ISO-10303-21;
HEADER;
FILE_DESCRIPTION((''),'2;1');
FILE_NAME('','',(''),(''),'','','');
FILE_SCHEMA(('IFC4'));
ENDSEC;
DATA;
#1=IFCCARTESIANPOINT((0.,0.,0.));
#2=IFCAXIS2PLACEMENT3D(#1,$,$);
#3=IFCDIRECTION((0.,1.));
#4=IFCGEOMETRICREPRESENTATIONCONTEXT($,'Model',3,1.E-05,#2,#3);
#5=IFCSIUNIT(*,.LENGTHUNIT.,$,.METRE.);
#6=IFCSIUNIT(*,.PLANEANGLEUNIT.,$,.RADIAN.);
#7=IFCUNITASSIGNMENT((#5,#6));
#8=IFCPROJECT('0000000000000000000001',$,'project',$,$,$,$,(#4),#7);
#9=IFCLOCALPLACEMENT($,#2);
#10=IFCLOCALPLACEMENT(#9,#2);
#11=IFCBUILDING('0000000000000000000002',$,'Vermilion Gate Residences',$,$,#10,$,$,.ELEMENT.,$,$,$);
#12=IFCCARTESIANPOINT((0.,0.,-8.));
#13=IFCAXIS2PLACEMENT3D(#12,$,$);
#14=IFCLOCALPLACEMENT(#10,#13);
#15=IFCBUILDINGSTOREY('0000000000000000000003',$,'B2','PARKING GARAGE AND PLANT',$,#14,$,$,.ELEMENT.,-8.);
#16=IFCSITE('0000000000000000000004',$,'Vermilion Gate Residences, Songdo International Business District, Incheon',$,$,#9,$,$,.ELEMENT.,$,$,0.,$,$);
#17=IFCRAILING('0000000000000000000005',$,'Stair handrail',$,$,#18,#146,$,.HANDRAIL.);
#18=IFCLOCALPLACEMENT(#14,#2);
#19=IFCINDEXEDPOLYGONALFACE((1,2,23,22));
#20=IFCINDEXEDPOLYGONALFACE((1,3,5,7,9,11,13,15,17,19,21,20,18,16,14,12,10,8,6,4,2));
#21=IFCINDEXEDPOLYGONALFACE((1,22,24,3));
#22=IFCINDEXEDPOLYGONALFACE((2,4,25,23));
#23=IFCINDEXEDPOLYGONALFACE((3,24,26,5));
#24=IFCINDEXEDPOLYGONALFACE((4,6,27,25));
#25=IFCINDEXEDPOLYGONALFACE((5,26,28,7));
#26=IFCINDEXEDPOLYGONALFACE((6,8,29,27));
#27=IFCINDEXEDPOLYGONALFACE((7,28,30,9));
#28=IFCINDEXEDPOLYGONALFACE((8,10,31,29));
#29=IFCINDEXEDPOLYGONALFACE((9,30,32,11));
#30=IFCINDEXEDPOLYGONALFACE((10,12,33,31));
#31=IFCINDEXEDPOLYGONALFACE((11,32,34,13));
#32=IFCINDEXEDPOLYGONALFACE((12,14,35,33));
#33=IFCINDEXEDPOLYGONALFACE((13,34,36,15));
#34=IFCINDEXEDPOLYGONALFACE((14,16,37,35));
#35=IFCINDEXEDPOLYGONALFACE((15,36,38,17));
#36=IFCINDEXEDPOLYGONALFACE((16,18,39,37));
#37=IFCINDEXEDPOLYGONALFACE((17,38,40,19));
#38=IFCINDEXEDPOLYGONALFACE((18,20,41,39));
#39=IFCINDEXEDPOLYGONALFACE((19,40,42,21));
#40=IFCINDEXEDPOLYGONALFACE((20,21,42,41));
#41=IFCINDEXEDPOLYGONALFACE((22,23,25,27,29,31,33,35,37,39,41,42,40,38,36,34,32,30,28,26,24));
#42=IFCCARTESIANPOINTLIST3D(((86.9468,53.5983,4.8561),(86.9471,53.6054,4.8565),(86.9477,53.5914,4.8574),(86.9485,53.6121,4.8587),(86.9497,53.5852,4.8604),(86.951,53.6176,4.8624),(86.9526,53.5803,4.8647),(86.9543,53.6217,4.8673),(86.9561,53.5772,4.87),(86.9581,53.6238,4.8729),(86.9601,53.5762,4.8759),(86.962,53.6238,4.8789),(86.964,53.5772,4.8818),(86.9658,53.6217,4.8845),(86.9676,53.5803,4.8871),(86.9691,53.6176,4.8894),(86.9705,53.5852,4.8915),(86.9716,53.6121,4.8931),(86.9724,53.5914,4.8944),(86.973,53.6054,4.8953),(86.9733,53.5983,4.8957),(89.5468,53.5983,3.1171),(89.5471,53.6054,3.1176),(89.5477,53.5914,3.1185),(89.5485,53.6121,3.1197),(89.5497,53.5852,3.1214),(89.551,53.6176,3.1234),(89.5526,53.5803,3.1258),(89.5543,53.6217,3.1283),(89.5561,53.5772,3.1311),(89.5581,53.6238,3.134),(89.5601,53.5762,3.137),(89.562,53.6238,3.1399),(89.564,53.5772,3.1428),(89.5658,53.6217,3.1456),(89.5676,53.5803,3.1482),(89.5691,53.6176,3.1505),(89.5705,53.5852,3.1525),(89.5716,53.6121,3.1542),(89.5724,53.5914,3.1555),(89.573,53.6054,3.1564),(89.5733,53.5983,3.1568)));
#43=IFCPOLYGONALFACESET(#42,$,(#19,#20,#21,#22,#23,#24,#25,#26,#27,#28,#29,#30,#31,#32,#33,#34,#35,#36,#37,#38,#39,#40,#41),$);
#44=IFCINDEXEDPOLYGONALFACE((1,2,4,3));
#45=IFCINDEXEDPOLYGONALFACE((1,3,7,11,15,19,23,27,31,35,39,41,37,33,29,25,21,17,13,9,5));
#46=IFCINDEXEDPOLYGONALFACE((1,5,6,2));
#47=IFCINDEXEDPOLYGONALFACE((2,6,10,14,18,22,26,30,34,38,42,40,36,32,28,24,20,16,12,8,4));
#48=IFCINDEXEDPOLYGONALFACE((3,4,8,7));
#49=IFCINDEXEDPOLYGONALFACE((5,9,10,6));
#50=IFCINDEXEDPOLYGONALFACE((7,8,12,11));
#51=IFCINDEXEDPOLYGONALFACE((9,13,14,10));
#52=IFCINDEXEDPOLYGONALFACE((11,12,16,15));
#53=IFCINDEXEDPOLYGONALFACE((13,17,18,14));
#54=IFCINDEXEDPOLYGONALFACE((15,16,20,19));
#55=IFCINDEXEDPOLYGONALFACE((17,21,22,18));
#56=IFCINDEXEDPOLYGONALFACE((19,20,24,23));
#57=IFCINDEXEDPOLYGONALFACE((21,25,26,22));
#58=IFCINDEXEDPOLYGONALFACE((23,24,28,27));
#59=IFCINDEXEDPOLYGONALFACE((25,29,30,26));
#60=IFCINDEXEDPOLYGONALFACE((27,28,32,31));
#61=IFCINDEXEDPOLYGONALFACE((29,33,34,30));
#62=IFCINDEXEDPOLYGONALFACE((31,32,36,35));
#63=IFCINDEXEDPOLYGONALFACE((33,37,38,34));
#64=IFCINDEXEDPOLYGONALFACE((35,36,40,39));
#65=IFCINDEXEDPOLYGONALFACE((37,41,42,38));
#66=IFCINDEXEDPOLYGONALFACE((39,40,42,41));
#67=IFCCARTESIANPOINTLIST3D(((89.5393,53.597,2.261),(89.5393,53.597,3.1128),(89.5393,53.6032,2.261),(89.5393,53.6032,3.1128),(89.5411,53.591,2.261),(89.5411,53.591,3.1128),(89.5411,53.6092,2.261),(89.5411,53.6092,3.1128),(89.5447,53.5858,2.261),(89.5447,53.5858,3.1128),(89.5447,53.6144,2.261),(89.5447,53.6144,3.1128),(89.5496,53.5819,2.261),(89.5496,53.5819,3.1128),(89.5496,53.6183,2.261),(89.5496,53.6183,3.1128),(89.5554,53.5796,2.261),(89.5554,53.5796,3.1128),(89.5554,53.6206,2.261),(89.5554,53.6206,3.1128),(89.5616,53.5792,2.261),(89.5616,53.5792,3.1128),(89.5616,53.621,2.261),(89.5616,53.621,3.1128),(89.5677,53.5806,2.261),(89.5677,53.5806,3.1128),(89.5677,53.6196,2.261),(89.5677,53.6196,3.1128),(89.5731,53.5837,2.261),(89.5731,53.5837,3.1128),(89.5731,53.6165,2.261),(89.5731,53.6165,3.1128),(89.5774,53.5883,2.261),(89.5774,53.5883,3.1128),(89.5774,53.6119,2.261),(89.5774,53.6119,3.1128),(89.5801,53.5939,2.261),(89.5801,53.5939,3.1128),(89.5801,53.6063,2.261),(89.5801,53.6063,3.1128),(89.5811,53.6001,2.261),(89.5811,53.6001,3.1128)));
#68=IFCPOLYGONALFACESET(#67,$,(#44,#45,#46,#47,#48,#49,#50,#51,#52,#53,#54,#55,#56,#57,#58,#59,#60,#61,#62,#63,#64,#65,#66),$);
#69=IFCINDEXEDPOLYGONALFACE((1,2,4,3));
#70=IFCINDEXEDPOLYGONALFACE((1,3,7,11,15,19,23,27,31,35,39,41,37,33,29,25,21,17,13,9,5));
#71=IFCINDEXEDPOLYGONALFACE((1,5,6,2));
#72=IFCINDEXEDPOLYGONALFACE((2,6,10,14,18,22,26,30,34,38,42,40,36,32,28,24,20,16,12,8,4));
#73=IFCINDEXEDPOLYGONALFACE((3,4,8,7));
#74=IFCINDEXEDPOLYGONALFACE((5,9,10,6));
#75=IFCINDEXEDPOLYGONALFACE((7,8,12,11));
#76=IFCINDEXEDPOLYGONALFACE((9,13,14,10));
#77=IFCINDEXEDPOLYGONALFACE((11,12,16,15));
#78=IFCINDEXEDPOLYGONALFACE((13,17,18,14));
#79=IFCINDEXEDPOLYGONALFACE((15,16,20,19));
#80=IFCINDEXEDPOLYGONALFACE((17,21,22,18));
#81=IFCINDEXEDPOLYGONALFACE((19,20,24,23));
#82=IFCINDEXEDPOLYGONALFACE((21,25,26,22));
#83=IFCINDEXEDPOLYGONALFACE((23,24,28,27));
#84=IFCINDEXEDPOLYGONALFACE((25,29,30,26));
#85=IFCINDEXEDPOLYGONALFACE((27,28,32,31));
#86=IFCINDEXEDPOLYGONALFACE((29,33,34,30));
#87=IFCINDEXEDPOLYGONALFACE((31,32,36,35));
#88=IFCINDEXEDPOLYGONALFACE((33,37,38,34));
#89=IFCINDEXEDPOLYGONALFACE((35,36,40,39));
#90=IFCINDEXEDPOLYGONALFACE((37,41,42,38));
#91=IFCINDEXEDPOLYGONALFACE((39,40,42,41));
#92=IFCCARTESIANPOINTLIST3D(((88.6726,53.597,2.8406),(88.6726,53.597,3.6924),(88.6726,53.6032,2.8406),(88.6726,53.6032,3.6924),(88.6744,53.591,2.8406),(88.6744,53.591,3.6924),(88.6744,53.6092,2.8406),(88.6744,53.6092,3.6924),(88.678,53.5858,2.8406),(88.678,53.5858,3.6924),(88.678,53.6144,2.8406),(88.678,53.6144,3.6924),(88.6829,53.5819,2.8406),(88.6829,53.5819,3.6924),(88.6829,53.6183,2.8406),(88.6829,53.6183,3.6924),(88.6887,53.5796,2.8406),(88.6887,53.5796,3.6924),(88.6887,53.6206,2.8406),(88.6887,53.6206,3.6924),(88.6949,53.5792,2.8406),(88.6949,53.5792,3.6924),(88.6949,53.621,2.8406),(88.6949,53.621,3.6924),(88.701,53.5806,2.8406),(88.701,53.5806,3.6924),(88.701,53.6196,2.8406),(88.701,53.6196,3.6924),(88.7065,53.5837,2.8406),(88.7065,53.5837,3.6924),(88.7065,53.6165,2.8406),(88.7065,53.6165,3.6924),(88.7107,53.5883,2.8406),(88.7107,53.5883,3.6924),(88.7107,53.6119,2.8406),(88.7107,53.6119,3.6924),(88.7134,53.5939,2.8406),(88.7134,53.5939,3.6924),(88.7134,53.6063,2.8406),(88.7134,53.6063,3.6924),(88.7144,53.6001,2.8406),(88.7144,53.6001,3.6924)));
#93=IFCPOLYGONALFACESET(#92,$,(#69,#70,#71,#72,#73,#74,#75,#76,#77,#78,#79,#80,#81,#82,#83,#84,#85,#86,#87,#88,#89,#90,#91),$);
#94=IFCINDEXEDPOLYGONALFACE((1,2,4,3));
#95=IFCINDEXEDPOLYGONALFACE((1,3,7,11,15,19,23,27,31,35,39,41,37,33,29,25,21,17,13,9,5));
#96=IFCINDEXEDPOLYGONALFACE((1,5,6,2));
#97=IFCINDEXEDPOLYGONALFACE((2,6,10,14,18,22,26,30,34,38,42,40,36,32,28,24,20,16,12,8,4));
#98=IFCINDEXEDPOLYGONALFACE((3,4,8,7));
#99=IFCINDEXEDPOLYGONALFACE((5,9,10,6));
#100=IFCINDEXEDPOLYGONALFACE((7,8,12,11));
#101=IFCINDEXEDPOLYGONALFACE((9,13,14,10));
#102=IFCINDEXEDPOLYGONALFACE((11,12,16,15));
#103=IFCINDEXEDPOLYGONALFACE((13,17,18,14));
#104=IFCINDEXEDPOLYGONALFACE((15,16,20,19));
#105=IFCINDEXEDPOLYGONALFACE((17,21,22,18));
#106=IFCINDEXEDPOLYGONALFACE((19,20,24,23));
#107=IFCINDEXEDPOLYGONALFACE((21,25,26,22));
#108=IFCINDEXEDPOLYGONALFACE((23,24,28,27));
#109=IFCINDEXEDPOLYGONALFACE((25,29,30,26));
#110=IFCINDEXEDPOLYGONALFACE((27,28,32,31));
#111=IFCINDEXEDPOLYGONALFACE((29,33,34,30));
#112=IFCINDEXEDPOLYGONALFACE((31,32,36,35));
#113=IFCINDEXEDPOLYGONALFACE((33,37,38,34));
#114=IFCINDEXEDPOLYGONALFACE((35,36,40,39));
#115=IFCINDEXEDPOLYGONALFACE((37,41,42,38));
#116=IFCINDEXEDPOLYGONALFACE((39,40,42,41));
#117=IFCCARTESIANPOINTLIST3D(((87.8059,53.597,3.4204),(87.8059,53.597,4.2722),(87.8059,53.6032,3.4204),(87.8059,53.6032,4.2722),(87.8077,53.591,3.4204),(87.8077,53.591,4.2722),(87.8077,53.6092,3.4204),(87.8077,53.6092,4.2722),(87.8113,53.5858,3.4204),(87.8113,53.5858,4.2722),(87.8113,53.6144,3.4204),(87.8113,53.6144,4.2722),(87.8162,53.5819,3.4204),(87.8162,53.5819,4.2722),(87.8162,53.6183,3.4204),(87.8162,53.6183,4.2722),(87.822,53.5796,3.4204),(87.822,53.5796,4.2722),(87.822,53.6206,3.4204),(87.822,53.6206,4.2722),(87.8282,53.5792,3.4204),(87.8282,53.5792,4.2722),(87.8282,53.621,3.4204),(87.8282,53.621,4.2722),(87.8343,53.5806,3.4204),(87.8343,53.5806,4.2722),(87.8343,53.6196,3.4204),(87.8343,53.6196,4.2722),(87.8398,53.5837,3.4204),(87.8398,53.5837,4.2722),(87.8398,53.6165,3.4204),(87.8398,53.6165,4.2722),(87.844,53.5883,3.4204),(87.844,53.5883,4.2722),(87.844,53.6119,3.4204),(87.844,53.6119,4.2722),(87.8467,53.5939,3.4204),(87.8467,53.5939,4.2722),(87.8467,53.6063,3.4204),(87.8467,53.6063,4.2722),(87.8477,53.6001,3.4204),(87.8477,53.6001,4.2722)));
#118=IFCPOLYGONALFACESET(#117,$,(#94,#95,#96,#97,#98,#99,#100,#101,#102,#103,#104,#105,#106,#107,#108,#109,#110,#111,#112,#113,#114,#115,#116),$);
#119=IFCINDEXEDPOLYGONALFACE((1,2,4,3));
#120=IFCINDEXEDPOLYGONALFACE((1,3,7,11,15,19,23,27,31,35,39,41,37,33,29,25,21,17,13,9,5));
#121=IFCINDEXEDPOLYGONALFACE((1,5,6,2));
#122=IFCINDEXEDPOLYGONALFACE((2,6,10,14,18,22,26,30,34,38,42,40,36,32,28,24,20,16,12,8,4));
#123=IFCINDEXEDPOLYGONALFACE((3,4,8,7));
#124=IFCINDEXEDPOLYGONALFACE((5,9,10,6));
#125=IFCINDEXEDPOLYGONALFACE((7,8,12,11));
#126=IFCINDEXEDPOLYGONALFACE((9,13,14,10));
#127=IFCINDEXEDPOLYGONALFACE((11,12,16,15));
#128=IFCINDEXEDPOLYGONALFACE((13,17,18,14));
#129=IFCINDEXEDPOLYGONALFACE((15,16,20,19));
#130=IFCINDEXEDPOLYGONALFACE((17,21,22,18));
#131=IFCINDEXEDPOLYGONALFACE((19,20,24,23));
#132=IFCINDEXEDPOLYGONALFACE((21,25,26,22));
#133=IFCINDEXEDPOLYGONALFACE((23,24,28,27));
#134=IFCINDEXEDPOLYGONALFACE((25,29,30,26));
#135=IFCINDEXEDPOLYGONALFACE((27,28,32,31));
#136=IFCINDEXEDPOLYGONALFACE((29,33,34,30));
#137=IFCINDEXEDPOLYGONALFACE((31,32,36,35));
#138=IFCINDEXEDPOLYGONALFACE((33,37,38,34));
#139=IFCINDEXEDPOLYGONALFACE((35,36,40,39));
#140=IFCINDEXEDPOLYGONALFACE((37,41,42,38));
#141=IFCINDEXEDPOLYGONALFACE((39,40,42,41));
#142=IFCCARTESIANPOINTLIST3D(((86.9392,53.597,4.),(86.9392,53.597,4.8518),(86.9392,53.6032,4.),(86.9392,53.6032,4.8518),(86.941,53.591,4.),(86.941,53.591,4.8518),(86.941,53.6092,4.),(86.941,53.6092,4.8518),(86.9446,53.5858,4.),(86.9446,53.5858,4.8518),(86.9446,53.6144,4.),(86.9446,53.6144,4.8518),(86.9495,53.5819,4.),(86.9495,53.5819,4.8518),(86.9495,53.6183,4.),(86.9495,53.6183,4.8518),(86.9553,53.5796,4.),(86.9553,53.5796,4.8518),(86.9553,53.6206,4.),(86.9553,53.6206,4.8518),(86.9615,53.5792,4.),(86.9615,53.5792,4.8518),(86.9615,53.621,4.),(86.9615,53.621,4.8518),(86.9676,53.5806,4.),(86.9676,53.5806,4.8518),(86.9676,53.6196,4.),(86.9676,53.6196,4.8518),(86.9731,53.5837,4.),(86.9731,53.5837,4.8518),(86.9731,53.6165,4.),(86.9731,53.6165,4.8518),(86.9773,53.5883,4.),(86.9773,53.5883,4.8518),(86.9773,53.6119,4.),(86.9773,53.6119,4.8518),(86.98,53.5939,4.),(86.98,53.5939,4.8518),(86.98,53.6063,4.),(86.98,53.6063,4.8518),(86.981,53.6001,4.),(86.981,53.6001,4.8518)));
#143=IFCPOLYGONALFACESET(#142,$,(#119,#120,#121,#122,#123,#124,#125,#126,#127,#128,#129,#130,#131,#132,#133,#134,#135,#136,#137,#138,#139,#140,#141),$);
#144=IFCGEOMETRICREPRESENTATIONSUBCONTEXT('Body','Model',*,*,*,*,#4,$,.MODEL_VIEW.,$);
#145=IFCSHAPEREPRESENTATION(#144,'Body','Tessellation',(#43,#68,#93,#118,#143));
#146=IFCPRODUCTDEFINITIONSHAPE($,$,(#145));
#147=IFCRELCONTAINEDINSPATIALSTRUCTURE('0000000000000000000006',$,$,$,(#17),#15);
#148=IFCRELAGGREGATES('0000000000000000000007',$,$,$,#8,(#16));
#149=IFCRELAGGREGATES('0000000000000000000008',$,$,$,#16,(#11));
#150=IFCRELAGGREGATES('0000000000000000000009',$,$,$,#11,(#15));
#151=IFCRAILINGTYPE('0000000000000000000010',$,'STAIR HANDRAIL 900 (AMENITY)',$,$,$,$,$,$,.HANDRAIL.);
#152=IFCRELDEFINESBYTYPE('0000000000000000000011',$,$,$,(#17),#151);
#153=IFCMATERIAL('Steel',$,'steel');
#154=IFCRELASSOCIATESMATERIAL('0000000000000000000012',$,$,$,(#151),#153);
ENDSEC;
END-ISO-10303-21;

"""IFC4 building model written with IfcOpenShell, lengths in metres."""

from ifc_helpers import new_model, si_unit, direction, frame, origin, origin_2d, place, context, subcontext, project, spatial, circle, extrude, material, type_object, element, save


model = new_model("IFC4")

# Units and contexts
model_context = context("Model", 3, precision=1e-05, world=origin(), true_north=direction((0.0, 1.0)))
body_context = subcontext(model_context, "Body", "Model", "MODEL_VIEW")
ifc_project = project(units=[si_unit("LENGTHUNIT", "METRE"), si_unit("PLANEANGLEUNIT", "RADIAN")], contexts=[model_context])

# Site, building, storey
site_placement = place(None, origin())
site = spatial("IfcSite", under=ifc_project, at=site_placement, Name="Vermilion Gate Residences, Songdo International Business District, Incheon", CompositionType="ELEMENT", RefElevation=0.0)
building_placement = place(site_placement, origin())
building = spatial("IfcBuilding", under=site, at=building_placement, Name="Vermilion Gate Residences", CompositionType="ELEMENT")
storey_placement = place(building_placement, frame((0.0, 0.0, -8.0)))
storey = spatial("IfcBuildingStorey", under=building, at=storey_placement, Name="B2", Description="PARKING GARAGE AND PLANT", CompositionType="ELEMENT", Elevation=-8.0)

# Railing
ifc_material_1 = material(Name="Steel", Category="steel")
railing_type = type_object("IfcRailingType", Name="STAIR HANDRAIL 900 (AMENITY)", PredefinedType="HANDRAIL", material=ifc_material_1)
railing_1_placement = place(storey_placement, frame((89.5601, 53.6001, 2.261)))
element("IfcRailing", 1, at=railing_1_placement, inside=storey, type_object=railing_type, Name="Stair handrail", PredefinedType="HANDRAIL", context=body_context, shape_type="SweptSolid", body=[
    extrude(circle(Radius=0.0239, at=origin_2d()), frame((0.0, 0.0, 0.876), z_axis=(-0.831221, 0.0, 0.555942), x_axis=(0.0, -1.0, 0.0)), (0.0, 0.0, 1.0), 3.1279),
    extrude(circle(Radius=0.021, at=origin_2d()), origin(), (0.0, 0.0, 1.0), 0.8518),
    extrude(circle(Radius=0.021, at=origin_2d()), frame((-0.8667, 0.0, 0.5796)), (0.0, 0.0, 1.0), 0.8518),
    extrude(circle(Radius=0.021, at=origin_2d()), frame((-1.7334, 0.0, 1.1594)), (0.0, 0.0, 1.0), 0.8518),
    extrude(circle(Radius=0.021, at=origin_2d()), frame((-2.6001, 0.0, 1.739)), (0.0, 0.0, 1.0), 0.8518),
])

save(model, "model.ifc")
